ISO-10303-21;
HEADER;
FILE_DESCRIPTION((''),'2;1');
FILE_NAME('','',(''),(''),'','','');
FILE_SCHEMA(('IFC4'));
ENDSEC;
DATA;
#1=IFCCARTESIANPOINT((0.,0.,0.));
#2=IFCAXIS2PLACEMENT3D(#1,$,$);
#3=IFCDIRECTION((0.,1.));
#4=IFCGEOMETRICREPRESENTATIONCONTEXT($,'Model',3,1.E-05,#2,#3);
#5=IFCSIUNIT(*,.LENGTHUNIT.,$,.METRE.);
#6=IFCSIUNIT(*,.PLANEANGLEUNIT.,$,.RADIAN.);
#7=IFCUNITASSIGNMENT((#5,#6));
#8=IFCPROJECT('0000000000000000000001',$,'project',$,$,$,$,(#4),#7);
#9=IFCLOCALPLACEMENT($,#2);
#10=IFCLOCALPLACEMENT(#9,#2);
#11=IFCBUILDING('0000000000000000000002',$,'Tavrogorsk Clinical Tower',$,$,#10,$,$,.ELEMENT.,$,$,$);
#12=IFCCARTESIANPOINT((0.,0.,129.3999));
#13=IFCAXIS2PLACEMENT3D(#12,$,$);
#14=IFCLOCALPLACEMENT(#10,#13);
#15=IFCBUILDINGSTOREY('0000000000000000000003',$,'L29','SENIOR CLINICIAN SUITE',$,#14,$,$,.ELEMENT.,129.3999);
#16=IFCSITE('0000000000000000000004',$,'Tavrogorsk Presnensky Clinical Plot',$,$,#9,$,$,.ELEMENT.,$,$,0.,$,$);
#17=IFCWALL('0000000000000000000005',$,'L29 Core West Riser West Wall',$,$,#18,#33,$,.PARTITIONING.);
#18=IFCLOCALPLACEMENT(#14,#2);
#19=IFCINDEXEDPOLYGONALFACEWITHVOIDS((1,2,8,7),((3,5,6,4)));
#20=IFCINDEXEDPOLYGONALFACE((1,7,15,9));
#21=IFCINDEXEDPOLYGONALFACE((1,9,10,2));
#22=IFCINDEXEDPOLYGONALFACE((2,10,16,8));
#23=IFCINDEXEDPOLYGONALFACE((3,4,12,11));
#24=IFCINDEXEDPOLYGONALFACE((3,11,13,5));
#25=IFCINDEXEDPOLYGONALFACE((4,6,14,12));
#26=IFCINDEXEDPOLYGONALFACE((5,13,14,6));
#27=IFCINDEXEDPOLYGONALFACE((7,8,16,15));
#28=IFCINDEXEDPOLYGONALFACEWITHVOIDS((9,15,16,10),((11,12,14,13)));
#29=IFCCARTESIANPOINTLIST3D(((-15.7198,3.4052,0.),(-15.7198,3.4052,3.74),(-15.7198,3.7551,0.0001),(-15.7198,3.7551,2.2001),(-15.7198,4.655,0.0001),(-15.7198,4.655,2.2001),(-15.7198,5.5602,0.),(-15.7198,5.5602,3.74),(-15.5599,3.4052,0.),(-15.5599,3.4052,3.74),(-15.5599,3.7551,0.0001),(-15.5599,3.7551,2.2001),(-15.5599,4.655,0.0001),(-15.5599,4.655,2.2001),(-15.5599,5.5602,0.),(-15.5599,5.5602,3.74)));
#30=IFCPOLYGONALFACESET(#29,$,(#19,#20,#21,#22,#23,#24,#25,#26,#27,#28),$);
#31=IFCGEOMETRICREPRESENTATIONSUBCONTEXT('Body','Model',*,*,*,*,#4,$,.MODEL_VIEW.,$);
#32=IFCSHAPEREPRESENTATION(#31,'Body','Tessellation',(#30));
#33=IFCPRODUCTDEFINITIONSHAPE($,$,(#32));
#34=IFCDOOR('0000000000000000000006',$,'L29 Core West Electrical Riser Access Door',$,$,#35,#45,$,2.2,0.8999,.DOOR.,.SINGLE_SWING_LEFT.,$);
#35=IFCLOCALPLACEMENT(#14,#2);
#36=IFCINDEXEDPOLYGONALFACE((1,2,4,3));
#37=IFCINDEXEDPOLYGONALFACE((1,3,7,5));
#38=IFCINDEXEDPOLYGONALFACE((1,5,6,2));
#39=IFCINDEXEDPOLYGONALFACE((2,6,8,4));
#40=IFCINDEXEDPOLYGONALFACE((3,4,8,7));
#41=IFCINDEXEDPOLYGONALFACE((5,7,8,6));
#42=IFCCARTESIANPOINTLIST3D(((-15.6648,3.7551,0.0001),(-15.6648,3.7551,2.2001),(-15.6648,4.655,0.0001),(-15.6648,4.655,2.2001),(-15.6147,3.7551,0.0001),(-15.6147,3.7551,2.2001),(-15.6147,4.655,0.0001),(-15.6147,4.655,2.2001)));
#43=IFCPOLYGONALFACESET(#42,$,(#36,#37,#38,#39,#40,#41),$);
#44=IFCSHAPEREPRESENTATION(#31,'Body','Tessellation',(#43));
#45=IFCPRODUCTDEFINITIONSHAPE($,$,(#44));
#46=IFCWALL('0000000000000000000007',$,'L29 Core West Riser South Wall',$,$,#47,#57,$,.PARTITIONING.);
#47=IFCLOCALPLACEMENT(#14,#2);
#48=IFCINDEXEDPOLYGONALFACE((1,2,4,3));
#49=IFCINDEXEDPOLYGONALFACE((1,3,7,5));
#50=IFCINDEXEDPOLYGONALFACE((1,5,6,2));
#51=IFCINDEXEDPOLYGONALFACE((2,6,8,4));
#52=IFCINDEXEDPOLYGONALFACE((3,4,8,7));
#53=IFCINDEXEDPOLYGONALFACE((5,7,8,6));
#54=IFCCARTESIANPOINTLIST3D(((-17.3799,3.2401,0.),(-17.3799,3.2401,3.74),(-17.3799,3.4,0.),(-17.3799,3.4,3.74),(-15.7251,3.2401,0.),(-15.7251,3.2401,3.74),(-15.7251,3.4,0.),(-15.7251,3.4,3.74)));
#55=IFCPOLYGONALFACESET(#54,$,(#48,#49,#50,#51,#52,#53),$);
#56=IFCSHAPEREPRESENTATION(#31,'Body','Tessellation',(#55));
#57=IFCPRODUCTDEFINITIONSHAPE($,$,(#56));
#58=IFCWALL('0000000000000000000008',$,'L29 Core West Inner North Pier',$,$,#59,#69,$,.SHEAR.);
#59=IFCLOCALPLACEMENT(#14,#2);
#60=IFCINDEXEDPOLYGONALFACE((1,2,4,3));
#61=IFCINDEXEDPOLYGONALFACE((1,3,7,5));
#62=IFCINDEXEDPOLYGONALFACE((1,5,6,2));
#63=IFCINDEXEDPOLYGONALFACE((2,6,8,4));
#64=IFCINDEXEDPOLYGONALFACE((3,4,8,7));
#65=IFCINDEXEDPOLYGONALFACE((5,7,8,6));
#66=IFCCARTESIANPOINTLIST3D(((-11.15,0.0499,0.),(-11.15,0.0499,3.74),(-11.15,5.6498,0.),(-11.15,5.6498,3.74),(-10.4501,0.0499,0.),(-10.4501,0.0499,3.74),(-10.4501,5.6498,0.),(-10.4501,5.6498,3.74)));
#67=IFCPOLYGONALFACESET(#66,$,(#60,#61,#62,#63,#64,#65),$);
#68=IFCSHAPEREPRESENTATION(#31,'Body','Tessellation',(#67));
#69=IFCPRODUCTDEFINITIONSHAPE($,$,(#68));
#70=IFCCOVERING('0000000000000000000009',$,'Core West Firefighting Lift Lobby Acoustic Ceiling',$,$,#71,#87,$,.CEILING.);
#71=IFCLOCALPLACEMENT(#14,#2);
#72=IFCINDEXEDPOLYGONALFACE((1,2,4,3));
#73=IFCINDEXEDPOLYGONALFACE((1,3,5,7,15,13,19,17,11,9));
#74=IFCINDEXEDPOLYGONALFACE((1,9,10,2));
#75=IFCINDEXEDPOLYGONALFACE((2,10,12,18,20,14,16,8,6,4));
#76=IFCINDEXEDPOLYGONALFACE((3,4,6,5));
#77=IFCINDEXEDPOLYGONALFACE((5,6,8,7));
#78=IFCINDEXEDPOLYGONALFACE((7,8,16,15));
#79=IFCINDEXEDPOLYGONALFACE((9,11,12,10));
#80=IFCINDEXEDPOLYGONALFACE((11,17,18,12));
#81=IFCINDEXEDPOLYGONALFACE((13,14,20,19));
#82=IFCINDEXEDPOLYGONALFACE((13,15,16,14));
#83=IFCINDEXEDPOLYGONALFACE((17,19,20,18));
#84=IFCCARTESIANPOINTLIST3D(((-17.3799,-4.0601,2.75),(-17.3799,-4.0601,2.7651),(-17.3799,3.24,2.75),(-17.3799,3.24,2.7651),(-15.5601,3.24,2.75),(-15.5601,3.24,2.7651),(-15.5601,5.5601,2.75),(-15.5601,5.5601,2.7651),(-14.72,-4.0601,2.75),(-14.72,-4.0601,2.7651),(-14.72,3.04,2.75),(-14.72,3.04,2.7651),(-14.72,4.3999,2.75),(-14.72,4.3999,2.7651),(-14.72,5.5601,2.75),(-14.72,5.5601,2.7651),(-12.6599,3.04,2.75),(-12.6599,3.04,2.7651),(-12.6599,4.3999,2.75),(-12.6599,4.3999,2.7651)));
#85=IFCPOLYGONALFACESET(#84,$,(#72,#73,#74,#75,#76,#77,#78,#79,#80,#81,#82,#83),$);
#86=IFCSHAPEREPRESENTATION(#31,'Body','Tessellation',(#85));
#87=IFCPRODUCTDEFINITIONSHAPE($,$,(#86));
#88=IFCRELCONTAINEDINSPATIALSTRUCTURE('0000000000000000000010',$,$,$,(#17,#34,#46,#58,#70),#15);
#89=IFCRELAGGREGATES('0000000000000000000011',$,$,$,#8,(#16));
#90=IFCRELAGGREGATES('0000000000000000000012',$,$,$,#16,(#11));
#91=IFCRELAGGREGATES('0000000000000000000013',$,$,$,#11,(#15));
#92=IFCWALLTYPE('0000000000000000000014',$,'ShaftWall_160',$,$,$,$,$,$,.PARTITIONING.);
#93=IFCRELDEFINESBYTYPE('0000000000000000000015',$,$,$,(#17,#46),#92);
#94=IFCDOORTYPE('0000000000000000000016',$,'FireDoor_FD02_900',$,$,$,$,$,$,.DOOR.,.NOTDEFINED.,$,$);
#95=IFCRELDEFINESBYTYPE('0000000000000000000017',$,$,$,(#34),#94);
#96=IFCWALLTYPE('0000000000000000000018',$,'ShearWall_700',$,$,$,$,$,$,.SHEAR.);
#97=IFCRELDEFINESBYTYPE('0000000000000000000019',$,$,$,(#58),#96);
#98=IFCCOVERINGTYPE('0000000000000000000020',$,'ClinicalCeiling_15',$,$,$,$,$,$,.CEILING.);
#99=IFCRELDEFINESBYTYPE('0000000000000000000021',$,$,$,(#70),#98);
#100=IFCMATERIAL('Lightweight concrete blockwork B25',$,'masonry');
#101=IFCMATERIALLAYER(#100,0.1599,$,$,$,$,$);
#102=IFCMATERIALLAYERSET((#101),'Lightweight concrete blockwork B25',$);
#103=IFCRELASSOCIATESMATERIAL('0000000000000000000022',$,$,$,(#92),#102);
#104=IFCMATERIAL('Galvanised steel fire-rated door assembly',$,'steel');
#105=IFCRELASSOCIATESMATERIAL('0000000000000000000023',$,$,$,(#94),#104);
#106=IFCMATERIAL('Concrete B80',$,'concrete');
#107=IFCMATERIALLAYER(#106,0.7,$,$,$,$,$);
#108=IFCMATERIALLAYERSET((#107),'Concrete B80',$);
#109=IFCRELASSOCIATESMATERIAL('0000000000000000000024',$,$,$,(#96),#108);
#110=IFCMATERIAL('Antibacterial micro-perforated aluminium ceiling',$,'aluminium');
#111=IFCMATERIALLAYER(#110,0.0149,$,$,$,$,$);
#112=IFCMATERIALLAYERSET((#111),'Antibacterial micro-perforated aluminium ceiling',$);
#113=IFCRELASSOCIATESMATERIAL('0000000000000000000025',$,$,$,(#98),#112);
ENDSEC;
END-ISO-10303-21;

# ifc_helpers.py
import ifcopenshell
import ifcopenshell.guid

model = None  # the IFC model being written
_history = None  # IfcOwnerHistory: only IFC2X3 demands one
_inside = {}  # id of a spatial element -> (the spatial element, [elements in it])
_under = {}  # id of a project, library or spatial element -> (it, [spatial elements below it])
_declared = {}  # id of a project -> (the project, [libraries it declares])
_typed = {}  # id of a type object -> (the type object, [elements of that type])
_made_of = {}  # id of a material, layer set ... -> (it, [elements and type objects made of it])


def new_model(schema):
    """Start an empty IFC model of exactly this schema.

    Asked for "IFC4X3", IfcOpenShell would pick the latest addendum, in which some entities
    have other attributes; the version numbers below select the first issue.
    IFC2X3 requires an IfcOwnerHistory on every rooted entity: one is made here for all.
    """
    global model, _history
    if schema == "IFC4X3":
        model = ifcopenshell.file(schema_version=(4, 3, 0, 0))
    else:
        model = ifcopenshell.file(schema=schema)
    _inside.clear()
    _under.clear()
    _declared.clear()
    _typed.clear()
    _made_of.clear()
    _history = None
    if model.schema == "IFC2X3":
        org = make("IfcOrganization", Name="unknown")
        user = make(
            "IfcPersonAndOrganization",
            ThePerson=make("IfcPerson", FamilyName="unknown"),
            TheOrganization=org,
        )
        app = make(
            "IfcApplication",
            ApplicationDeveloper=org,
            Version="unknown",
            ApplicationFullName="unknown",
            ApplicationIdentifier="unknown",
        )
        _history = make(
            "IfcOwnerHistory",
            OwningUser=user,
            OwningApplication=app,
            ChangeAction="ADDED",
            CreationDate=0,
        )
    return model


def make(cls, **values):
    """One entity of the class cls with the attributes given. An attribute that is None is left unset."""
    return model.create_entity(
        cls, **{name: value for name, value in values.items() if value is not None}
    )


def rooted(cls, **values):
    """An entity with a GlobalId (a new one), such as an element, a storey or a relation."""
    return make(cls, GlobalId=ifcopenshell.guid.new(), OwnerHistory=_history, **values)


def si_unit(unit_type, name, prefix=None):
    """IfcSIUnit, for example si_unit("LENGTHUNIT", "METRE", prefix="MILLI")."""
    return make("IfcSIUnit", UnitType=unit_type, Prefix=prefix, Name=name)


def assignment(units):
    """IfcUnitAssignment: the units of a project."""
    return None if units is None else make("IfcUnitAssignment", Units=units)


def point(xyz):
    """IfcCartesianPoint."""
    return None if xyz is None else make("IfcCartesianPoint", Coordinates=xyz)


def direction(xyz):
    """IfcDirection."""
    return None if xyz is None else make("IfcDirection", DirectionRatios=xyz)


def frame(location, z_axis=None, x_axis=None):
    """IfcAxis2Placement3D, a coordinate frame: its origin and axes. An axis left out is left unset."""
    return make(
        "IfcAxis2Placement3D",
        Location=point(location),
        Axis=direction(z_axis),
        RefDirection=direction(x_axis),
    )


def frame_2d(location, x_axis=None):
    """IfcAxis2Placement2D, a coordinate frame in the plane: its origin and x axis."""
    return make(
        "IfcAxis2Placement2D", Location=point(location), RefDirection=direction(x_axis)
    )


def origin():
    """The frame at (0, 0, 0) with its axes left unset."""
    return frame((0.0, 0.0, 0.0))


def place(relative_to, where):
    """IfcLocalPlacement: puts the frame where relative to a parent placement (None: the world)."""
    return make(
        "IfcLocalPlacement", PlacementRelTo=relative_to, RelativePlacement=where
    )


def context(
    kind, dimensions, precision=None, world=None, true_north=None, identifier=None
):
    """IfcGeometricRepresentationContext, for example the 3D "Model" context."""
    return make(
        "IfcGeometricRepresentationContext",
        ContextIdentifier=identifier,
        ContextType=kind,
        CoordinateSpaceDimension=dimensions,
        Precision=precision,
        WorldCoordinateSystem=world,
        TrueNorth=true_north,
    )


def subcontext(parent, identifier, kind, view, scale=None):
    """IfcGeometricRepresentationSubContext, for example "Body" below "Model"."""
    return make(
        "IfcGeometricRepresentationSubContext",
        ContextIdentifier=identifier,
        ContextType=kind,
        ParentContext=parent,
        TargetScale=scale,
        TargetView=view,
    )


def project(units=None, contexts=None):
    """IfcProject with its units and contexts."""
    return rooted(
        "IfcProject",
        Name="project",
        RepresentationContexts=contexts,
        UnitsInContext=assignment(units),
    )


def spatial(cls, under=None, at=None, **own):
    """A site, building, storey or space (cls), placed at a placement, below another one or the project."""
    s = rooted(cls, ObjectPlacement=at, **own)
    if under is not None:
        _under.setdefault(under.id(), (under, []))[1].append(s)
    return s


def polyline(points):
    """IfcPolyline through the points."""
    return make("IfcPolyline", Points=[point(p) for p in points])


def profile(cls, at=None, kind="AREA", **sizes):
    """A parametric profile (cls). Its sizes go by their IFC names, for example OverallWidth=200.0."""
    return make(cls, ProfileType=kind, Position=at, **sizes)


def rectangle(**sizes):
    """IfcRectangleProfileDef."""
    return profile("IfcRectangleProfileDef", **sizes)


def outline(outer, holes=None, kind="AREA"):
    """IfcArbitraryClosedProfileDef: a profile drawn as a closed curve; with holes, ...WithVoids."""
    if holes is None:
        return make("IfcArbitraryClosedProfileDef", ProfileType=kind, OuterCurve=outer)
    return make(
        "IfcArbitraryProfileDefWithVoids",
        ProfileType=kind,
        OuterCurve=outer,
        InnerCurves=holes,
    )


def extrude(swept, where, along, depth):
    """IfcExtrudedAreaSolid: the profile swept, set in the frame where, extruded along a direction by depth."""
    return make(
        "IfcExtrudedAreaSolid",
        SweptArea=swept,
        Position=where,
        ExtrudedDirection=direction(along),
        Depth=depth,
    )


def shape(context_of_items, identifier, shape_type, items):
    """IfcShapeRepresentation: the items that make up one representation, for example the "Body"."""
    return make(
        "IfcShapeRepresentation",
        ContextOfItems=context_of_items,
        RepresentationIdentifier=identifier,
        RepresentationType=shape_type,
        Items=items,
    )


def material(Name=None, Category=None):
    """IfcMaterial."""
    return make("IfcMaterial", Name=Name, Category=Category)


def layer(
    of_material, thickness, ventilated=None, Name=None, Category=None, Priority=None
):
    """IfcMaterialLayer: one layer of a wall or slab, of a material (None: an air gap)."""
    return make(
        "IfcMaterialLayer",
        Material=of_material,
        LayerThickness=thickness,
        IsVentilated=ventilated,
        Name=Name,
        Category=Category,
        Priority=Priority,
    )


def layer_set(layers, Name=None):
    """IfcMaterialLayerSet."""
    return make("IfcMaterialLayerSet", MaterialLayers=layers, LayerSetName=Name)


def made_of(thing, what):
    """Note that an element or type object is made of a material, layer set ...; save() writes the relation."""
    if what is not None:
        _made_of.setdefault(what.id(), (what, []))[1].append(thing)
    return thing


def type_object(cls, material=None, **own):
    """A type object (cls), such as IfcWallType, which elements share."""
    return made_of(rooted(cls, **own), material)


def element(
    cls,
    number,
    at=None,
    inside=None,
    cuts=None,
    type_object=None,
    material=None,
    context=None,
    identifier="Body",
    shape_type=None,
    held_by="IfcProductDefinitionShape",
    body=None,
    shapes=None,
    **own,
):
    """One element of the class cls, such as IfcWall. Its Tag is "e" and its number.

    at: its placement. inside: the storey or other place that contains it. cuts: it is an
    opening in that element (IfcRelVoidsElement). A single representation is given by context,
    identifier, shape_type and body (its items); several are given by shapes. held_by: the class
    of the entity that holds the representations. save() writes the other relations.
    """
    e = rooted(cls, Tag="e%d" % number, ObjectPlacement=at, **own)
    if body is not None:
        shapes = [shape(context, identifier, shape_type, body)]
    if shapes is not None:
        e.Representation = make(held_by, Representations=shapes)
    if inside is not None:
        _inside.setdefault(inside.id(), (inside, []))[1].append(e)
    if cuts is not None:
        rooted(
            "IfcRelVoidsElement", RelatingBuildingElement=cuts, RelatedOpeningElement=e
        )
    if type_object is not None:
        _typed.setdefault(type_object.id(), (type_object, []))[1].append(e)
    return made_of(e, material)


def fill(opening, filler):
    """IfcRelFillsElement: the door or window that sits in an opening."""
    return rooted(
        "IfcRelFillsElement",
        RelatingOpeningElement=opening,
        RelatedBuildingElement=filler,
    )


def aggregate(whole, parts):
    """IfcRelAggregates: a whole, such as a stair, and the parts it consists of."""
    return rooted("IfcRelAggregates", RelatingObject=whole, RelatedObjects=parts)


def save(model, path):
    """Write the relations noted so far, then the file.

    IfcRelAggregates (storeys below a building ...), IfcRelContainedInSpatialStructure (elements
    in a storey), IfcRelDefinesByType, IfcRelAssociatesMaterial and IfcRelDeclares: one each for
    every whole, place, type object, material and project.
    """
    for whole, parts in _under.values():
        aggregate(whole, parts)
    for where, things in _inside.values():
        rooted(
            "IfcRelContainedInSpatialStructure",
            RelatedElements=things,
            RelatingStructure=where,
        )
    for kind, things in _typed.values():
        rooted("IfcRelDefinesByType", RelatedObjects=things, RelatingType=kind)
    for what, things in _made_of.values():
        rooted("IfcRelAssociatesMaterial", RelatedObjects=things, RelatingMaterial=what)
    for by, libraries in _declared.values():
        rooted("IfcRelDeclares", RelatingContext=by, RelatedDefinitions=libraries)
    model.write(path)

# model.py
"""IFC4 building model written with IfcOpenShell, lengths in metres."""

from ifc_helpers import new_model, si_unit, direction, frame, frame_2d, origin, place, context, subcontext, project, spatial, polyline, rectangle, outline, extrude, material, layer, layer_set, type_object, element, fill, save


model = new_model("IFC4")

# Units and contexts
model_context = context("Model", 3, precision=1e-05, world=origin(), true_north=direction((0.0, 1.0)))
body_context = subcontext(model_context, "Body", "Model", "MODEL_VIEW")
ifc_project = project(units=[si_unit("LENGTHUNIT", "METRE"), si_unit("PLANEANGLEUNIT", "RADIAN")], contexts=[model_context])

# Site, building, storey
site_placement = place(None, origin())
site = spatial("IfcSite", under=ifc_project, at=site_placement, Name="Tavrogorsk Presnensky Clinical Plot", CompositionType="ELEMENT", RefElevation=0.0)
building_placement = place(site_placement, origin())
building = spatial("IfcBuilding", under=site, at=building_placement, Name="Tavrogorsk Clinical Tower", CompositionType="ELEMENT")
storey_placement = place(building_placement, frame((0.0, 0.0, 129.3999)))
storey = spatial("IfcBuildingStorey", under=building, at=storey_placement, Name="L29", Description="SENIOR CLINICIAN SUITE", CompositionType="ELEMENT", Elevation=129.3999)

# Shared definitions
ifc_material_1 = material(Name="Lightweight concrete blockwork B25", Category="masonry")
ifc_layer_1 = layer(ifc_material_1, 0.1599)
ifc_layer_set_1 = layer_set([ifc_layer_1], Name="Lightweight concrete blockwork B25")
wall_type_1 = type_object("IfcWallType", Name="ShaftWall_160", PredefinedType="PARTITIONING", material=ifc_layer_set_1)

# Wall, opening, door
wall_1_placement = place(storey_placement, frame((-15.6399, 3.405, 0.0), z_axis=(0.0, 0.0, 1.0), x_axis=(0.0, 1.0, 0.0)))
wall_1 = element("IfcWall", 1, at=wall_1_placement, inside=storey, type_object=wall_type_1, Name="L29 Core West Riser West Wall", PredefinedType="PARTITIONING", context=body_context, shape_type="SweptSolid", body=[
    extrude(rectangle(XDim=2.155, YDim=0.1599, at=frame_2d((1.0776, 0.0))), origin(), (0.0, 0.0, 1.0), 3.74),
])
opening_1_placement = place(wall_1_placement, frame((0.3501, 0.0, 0.0)))
opening_1 = element("IfcOpeningElement", 2, at=opening_1_placement, cuts=wall_1, PredefinedType="OPENING", context=body_context, shape_type="SweptSolid", body=[
    extrude(rectangle(XDim=0.8999, YDim=2.2, at=frame_2d((0.45, 1.1001))), frame((0.0, 0.0898, 0.0), z_axis=(0.0, -1.0, 0.0), x_axis=(1.0, 0.0, 0.0)), (0.0, 0.0, 1.0), 0.1799),
])
ifc_material_2 = material(Name="Galvanised steel fire-rated door assembly", Category="steel")
door_type_1 = type_object("IfcDoorType", Name="FireDoor_FD02_900", OperationType="NOTDEFINED", PredefinedType="DOOR", material=ifc_material_2)
door_1_placement = place(opening_1_placement, origin())
door_1 = element("IfcDoor", 3, at=door_1_placement, inside=storey, type_object=door_type_1, Name="L29 Core West Electrical Riser Access Door", OperationType="SINGLE_SWING_LEFT", OverallHeight=2.2, OverallWidth=0.8999, PredefinedType="DOOR", context=body_context, shape_type="SweptSolid", body=[
    extrude(rectangle(XDim=0.8999, YDim=2.2, at=frame_2d((0.45, 1.1001))), frame((0.0, 0.0249, 0.0), z_axis=(0.0, -1.0, 0.0), x_axis=(1.0, 0.0, 0.0)), (0.0, 0.0, 1.0), 0.05),
])
fill(opening_1, door_1)

# Walls
wall_2_placement = place(storey_placement, frame((-17.3799, 3.3201, 0.0), z_axis=(0.0, 0.0, 1.0), x_axis=(1.0, 0.0, 0.0)))
element("IfcWall", 4, at=wall_2_placement, inside=storey, type_object=wall_type_1, Name="L29 Core West Riser South Wall", PredefinedType="PARTITIONING", context=body_context, shape_type="SweptSolid", body=[
    extrude(rectangle(XDim=1.6548, YDim=0.1599, at=frame_2d((0.8274, 0.0))), origin(), (0.0, 0.0, 1.0), 3.74),
])
ifc_material_3 = material(Name="Concrete B80", Category="concrete")
ifc_layer_2 = layer(ifc_material_3, 0.7)
ifc_layer_set_2 = layer_set([ifc_layer_2], Name="Concrete B80")
wall_type_2 = type_object("IfcWallType", Name="ShearWall_700", PredefinedType="SHEAR", material=ifc_layer_set_2)
wall_3_placement = place(storey_placement, frame((-10.8, 0.05, 0.0), z_axis=(0.0, 0.0, 1.0), x_axis=(0.0, 1.0, 0.0)))
element("IfcWall", 5, at=wall_3_placement, inside=storey, type_object=wall_type_2, Name="L29 Core West Inner North Pier", PredefinedType="SHEAR", context=body_context, shape_type="SweptSolid", body=[
    extrude(rectangle(XDim=5.5999, YDim=0.7, at=frame_2d((2.7998, 0.0))), origin(), (0.0, 0.0, 1.0), 3.74),
])

# Covering
ifc_material_4 = material(Name="Antibacterial micro-perforated aluminium ceiling", Category="aluminium")
ifc_layer_3 = layer(ifc_material_4, 0.0149)
ifc_layer_set_3 = layer_set([ifc_layer_3], Name="Antibacterial micro-perforated aluminium ceiling")
covering_type = type_object("IfcCoveringType", Name="ClinicalCeiling_15", PredefinedType="CEILING", material=ifc_layer_set_3)
covering_placement = place(storey_placement, frame((0.0, 0.0, 2.75)))
element("IfcCovering", 6, at=covering_placement, inside=storey, type_object=covering_type, Name="Core West Firefighting Lift Lobby Acoustic Ceiling", PredefinedType="CEILING", context=body_context, shape_type="SweptSolid", body=[
    extrude(outline(polyline([(-17.3799, -4.0601), (-17.3799, 3.24), (-15.5601, 3.24), (-15.5601, 5.5601), (-14.72, 5.5601), (-14.72, 4.3999), (-12.6599, 4.3999), (-12.6599, 3.04), (-14.72, 3.04), (-14.72, -4.0601), (-17.3799, -4.0601)])), origin(), (0.0, 0.0, 1.0), 0.0151),
])

save(model, "model.ifc")
